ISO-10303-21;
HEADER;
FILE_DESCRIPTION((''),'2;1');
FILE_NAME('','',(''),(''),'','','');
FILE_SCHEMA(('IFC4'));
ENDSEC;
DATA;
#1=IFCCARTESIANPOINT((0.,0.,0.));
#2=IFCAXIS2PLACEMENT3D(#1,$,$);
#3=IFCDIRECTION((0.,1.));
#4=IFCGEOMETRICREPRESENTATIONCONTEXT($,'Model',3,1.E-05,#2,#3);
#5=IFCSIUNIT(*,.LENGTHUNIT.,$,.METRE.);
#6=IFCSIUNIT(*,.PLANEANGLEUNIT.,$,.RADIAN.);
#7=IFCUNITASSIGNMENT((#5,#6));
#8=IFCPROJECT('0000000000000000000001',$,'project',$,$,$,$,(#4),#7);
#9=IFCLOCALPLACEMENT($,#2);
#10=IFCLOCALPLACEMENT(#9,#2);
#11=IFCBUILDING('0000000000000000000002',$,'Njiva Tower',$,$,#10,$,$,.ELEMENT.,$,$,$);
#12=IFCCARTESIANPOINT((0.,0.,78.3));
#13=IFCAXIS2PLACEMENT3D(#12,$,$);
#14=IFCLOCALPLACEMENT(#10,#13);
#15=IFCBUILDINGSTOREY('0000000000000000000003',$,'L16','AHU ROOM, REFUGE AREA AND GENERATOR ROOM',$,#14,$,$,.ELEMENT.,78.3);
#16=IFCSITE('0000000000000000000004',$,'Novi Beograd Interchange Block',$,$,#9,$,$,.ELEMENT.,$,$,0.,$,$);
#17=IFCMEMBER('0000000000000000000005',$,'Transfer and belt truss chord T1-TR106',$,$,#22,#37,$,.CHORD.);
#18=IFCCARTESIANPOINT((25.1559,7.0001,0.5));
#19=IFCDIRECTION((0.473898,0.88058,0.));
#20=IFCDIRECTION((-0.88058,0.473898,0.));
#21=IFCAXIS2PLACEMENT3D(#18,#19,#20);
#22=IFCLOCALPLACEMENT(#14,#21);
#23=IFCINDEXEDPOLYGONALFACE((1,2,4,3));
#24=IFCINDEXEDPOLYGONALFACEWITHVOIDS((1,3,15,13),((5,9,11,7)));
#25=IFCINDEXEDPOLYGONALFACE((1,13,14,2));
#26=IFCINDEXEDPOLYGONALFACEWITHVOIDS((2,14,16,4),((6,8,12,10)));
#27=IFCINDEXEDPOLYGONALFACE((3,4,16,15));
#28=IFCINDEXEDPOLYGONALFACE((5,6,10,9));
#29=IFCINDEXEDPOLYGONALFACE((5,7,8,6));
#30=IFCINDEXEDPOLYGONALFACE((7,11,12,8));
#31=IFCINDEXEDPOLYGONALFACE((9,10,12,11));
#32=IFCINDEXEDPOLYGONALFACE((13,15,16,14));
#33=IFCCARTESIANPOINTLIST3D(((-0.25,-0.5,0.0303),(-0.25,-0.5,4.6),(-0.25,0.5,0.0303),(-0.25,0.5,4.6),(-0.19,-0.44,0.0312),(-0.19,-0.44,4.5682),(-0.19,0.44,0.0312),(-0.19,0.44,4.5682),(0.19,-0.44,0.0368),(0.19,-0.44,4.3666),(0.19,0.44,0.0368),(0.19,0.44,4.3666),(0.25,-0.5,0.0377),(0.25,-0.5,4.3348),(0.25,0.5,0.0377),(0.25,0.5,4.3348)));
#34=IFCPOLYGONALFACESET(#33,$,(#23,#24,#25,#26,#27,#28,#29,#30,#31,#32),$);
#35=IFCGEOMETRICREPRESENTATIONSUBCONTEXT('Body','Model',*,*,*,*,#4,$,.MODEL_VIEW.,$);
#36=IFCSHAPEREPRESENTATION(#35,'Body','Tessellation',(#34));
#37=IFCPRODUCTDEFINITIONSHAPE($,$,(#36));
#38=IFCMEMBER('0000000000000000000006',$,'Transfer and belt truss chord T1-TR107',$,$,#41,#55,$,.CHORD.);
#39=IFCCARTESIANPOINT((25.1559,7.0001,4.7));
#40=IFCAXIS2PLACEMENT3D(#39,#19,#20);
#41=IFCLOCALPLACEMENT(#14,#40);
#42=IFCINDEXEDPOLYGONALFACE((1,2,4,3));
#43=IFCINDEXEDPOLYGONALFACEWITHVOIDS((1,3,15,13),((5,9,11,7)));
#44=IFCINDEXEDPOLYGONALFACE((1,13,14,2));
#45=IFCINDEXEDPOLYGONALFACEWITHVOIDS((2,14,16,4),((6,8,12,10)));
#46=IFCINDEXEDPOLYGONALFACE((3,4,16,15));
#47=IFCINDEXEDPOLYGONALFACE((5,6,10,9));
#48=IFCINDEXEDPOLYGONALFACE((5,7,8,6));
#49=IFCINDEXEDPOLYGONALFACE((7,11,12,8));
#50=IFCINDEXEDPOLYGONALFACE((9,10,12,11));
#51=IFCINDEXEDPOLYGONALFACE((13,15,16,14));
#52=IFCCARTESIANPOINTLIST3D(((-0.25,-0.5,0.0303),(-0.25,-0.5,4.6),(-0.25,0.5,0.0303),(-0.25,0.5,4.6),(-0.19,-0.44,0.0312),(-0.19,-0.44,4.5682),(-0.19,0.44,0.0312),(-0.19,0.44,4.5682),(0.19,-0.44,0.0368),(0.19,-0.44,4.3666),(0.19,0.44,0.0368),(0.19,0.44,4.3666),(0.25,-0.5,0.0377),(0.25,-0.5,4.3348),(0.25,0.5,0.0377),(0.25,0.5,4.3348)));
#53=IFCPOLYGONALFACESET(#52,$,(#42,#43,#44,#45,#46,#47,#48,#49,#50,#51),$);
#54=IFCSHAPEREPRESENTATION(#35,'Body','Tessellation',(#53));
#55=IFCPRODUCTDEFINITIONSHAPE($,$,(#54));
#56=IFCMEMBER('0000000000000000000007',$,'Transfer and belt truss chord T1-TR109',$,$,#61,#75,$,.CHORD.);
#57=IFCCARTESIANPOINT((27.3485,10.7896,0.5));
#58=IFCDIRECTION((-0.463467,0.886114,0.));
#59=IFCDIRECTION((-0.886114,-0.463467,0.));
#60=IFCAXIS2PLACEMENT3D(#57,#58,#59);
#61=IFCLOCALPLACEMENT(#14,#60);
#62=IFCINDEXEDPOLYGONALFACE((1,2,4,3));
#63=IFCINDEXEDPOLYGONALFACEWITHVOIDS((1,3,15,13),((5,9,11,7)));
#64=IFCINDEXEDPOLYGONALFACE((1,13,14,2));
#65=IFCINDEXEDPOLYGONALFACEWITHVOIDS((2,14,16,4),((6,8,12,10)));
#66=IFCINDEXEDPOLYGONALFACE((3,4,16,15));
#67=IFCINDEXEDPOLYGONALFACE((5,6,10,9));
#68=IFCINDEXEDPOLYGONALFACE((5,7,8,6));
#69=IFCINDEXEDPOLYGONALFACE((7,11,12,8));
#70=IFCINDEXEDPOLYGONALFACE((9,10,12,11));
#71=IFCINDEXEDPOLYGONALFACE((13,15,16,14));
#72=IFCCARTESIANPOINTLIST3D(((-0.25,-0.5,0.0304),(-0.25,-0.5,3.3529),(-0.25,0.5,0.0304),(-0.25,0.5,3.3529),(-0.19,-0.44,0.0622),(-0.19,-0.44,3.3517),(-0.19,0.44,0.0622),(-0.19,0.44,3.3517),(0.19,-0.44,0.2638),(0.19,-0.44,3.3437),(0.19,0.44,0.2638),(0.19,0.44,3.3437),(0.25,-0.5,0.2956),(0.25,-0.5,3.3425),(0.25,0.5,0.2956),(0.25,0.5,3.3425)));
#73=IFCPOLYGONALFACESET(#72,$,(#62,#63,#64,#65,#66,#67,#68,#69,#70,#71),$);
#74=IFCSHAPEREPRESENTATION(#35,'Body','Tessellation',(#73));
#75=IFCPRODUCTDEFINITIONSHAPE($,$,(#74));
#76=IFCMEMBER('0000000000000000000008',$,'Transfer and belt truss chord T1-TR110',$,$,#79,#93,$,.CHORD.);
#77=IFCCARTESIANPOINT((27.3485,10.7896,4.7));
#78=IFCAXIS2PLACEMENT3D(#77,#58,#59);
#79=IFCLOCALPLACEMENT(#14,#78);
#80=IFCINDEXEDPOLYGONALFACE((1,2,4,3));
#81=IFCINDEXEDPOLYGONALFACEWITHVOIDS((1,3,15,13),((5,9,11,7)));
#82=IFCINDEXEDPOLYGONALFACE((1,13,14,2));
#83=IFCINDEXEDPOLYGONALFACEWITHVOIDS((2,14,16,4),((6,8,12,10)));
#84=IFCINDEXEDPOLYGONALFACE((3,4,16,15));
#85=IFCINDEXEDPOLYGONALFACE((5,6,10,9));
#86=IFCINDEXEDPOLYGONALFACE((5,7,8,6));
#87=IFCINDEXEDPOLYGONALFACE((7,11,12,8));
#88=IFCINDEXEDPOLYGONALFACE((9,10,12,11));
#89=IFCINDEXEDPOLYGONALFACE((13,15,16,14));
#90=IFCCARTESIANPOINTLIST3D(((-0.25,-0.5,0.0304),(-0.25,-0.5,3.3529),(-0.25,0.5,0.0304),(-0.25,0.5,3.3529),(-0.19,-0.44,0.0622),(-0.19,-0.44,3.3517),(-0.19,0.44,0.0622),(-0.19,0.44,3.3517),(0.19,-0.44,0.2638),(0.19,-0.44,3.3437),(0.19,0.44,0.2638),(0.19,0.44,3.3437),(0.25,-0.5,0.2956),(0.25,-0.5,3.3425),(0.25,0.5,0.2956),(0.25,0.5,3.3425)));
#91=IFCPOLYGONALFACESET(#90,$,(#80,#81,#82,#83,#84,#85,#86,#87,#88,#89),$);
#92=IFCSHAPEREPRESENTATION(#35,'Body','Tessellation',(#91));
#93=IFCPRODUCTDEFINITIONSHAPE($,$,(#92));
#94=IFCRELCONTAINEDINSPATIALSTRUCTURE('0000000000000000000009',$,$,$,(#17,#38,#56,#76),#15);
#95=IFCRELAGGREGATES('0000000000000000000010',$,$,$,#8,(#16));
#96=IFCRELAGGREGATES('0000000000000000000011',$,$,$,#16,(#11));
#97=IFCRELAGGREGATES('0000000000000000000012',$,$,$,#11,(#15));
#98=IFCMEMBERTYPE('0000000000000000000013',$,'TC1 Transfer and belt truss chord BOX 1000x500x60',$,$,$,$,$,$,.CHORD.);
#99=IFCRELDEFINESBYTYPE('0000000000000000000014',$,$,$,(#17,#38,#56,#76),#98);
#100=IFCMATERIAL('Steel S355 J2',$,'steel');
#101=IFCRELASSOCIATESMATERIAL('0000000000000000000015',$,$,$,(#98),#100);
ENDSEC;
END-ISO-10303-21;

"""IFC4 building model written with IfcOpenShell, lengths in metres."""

from ifc_helpers import new_model, si_unit, direction, frame, origin, origin_2d, place, context, subcontext, project, spatial, hollow_rectangle, extrude, clip, halfspace, material, material_profile, profile_set, type_object, element, save


model = new_model("IFC4")

# Units and contexts
model_context = context("Model", 3, precision=1e-05, world=origin(), true_north=direction((0.0, 1.0)))
body_context = subcontext(model_context, "Body", "Model", "MODEL_VIEW")
ifc_project = project(units=[si_unit("LENGTHUNIT", "METRE"), si_unit("PLANEANGLEUNIT", "RADIAN")], contexts=[model_context])

# Site, building, storey
site_placement = place(None, origin())
site = spatial("IfcSite", under=ifc_project, at=site_placement, Name="Novi Beograd Interchange Block", CompositionType="ELEMENT", RefElevation=0.0)
building_placement = place(site_placement, origin())
building = spatial("IfcBuilding", under=site, at=building_placement, Name="Njiva Tower", CompositionType="ELEMENT")
storey_placement = place(building_placement, frame((0.0, 0.0, 78.3)))
storey = spatial("IfcBuildingStorey", under=building, at=storey_placement, Name="L16", Description="AHU ROOM, REFUGE AREA AND GENERATOR ROOM", CompositionType="ELEMENT", Elevation=78.3)

# Shared definitions
ifc_material_1 = material(Name="Steel S355 J2", Category="steel")

# Members
ifc_material_profile_1 = material_profile(ifc_material_1, hollow_rectangle(XDim=0.5, YDim=1.0, WallThickness=0.06, at=origin_2d()), Name="BOX 1000x500x60")
ifc_profile_set_1 = profile_set([ifc_material_profile_1], Name="Steel S355 J2")
member_type_1 = type_object("IfcMemberType", Name="TC1 Transfer and belt truss chord BOX 1000x500x60", PredefinedType="CHORD", material=ifc_profile_set_1)
member_1_placement = place(storey_placement, frame((25.1559, 7.0001, 0.5), z_axis=(0.473898, 0.88058, 0.0), x_axis=(-0.88058, 0.473898, 0.0)))
element("IfcMember", 1, at=member_1_placement, inside=storey, type_object=member_type_1, Name="Transfer and belt truss chord T1-TR106", PredefinedType="CHORD", context=body_context, shape_type="Clipping", body=[
    clip(clip(extrude(hollow_rectangle(XDim=0.5, YDim=1.0, WallThickness=0.06, at=origin_2d()), origin(), (0.0, 0.0, 1.0), 4.6304), halfspace(frame((0.0, -78.8, 0.034), z_axis=(0.014846, 0.0, -0.99989), x_axis=(0.0, -1.0, 0.0)), False)), halfspace(frame((0.0, -78.8, 4.4674), z_axis=(0.468694, 0.0, 0.88336), x_axis=(0.0, 1.0, 0.0)), False)),
])
member_2_placement = place(storey_placement, frame((25.1559, 7.0001, 4.7), z_axis=(0.473898, 0.88058, 0.0), x_axis=(-0.88058, 0.473898, 0.0)))
element("IfcMember", 2, at=member_2_placement, inside=storey, type_object=member_type_1, Name="Transfer and belt truss chord T1-TR107", PredefinedType="CHORD", context=body_context, shape_type="Clipping", body=[
    clip(clip(extrude(hollow_rectangle(XDim=0.5, YDim=1.0, WallThickness=0.06, at=origin_2d()), origin(), (0.0, 0.0, 1.0), 4.6304), halfspace(frame((0.0, -83.0, 0.034), z_axis=(0.014846, 0.0, -0.99989), x_axis=(0.0, -1.0, 0.0)), False)), halfspace(frame((0.0, -83.0, 4.4674), z_axis=(0.468694, 0.0, 0.88336), x_axis=(0.0, 1.0, 0.0)), False)),
])
member_3_placement = place(storey_placement, frame((27.3485, 10.7896, 0.5), z_axis=(-0.463467, 0.886114, 0.0), x_axis=(-0.886114, -0.463467, 0.0)))
element("IfcMember", 3, at=member_3_placement, inside=storey, type_object=member_type_1, Name="Transfer and belt truss chord T1-TR109", PredefinedType="CHORD", context=body_context, shape_type="Clipping", body=[
    clip(clip(extrude(hollow_rectangle(XDim=0.5, YDim=1.0, WallThickness=0.06, at=origin_2d()), origin(), (0.0, 0.0, 1.0), 3.3827), halfspace(frame((0.0, -78.8, 0.163), z_axis=(0.468687, 0.0, -0.883364), x_axis=(0.0, -1.0, 0.0)), False)), halfspace(frame((0.0, -78.8, 3.3477), z_axis=(0.020942, 0.0, 0.999781), x_axis=(0.0, 1.0, 0.0)), False)),
])
member_4_placement = place(storey_placement, frame((27.3485, 10.7896, 4.7), z_axis=(-0.463467, 0.886114, 0.0), x_axis=(-0.886114, -0.463467, 0.0)))
element("IfcMember", 4, at=member_4_placement, inside=storey, type_object=member_type_1, Name="Transfer and belt truss chord T1-TR110", PredefinedType="CHORD", context=body_context, shape_type="Clipping", body=[
    clip(clip(extrude(hollow_rectangle(XDim=0.5, YDim=1.0, WallThickness=0.06, at=origin_2d()), origin(), (0.0, 0.0, 1.0), 3.3827), halfspace(frame((0.0, -83.0, 0.163), z_axis=(0.468687, 0.0, -0.883364), x_axis=(0.0, -1.0, 0.0)), False)), halfspace(frame((0.0, -83.0, 3.3477), z_axis=(0.020942, 0.0, 0.999781), x_axis=(0.0, 1.0, 0.0)), False)),
])

save(model, "model.ifc")
